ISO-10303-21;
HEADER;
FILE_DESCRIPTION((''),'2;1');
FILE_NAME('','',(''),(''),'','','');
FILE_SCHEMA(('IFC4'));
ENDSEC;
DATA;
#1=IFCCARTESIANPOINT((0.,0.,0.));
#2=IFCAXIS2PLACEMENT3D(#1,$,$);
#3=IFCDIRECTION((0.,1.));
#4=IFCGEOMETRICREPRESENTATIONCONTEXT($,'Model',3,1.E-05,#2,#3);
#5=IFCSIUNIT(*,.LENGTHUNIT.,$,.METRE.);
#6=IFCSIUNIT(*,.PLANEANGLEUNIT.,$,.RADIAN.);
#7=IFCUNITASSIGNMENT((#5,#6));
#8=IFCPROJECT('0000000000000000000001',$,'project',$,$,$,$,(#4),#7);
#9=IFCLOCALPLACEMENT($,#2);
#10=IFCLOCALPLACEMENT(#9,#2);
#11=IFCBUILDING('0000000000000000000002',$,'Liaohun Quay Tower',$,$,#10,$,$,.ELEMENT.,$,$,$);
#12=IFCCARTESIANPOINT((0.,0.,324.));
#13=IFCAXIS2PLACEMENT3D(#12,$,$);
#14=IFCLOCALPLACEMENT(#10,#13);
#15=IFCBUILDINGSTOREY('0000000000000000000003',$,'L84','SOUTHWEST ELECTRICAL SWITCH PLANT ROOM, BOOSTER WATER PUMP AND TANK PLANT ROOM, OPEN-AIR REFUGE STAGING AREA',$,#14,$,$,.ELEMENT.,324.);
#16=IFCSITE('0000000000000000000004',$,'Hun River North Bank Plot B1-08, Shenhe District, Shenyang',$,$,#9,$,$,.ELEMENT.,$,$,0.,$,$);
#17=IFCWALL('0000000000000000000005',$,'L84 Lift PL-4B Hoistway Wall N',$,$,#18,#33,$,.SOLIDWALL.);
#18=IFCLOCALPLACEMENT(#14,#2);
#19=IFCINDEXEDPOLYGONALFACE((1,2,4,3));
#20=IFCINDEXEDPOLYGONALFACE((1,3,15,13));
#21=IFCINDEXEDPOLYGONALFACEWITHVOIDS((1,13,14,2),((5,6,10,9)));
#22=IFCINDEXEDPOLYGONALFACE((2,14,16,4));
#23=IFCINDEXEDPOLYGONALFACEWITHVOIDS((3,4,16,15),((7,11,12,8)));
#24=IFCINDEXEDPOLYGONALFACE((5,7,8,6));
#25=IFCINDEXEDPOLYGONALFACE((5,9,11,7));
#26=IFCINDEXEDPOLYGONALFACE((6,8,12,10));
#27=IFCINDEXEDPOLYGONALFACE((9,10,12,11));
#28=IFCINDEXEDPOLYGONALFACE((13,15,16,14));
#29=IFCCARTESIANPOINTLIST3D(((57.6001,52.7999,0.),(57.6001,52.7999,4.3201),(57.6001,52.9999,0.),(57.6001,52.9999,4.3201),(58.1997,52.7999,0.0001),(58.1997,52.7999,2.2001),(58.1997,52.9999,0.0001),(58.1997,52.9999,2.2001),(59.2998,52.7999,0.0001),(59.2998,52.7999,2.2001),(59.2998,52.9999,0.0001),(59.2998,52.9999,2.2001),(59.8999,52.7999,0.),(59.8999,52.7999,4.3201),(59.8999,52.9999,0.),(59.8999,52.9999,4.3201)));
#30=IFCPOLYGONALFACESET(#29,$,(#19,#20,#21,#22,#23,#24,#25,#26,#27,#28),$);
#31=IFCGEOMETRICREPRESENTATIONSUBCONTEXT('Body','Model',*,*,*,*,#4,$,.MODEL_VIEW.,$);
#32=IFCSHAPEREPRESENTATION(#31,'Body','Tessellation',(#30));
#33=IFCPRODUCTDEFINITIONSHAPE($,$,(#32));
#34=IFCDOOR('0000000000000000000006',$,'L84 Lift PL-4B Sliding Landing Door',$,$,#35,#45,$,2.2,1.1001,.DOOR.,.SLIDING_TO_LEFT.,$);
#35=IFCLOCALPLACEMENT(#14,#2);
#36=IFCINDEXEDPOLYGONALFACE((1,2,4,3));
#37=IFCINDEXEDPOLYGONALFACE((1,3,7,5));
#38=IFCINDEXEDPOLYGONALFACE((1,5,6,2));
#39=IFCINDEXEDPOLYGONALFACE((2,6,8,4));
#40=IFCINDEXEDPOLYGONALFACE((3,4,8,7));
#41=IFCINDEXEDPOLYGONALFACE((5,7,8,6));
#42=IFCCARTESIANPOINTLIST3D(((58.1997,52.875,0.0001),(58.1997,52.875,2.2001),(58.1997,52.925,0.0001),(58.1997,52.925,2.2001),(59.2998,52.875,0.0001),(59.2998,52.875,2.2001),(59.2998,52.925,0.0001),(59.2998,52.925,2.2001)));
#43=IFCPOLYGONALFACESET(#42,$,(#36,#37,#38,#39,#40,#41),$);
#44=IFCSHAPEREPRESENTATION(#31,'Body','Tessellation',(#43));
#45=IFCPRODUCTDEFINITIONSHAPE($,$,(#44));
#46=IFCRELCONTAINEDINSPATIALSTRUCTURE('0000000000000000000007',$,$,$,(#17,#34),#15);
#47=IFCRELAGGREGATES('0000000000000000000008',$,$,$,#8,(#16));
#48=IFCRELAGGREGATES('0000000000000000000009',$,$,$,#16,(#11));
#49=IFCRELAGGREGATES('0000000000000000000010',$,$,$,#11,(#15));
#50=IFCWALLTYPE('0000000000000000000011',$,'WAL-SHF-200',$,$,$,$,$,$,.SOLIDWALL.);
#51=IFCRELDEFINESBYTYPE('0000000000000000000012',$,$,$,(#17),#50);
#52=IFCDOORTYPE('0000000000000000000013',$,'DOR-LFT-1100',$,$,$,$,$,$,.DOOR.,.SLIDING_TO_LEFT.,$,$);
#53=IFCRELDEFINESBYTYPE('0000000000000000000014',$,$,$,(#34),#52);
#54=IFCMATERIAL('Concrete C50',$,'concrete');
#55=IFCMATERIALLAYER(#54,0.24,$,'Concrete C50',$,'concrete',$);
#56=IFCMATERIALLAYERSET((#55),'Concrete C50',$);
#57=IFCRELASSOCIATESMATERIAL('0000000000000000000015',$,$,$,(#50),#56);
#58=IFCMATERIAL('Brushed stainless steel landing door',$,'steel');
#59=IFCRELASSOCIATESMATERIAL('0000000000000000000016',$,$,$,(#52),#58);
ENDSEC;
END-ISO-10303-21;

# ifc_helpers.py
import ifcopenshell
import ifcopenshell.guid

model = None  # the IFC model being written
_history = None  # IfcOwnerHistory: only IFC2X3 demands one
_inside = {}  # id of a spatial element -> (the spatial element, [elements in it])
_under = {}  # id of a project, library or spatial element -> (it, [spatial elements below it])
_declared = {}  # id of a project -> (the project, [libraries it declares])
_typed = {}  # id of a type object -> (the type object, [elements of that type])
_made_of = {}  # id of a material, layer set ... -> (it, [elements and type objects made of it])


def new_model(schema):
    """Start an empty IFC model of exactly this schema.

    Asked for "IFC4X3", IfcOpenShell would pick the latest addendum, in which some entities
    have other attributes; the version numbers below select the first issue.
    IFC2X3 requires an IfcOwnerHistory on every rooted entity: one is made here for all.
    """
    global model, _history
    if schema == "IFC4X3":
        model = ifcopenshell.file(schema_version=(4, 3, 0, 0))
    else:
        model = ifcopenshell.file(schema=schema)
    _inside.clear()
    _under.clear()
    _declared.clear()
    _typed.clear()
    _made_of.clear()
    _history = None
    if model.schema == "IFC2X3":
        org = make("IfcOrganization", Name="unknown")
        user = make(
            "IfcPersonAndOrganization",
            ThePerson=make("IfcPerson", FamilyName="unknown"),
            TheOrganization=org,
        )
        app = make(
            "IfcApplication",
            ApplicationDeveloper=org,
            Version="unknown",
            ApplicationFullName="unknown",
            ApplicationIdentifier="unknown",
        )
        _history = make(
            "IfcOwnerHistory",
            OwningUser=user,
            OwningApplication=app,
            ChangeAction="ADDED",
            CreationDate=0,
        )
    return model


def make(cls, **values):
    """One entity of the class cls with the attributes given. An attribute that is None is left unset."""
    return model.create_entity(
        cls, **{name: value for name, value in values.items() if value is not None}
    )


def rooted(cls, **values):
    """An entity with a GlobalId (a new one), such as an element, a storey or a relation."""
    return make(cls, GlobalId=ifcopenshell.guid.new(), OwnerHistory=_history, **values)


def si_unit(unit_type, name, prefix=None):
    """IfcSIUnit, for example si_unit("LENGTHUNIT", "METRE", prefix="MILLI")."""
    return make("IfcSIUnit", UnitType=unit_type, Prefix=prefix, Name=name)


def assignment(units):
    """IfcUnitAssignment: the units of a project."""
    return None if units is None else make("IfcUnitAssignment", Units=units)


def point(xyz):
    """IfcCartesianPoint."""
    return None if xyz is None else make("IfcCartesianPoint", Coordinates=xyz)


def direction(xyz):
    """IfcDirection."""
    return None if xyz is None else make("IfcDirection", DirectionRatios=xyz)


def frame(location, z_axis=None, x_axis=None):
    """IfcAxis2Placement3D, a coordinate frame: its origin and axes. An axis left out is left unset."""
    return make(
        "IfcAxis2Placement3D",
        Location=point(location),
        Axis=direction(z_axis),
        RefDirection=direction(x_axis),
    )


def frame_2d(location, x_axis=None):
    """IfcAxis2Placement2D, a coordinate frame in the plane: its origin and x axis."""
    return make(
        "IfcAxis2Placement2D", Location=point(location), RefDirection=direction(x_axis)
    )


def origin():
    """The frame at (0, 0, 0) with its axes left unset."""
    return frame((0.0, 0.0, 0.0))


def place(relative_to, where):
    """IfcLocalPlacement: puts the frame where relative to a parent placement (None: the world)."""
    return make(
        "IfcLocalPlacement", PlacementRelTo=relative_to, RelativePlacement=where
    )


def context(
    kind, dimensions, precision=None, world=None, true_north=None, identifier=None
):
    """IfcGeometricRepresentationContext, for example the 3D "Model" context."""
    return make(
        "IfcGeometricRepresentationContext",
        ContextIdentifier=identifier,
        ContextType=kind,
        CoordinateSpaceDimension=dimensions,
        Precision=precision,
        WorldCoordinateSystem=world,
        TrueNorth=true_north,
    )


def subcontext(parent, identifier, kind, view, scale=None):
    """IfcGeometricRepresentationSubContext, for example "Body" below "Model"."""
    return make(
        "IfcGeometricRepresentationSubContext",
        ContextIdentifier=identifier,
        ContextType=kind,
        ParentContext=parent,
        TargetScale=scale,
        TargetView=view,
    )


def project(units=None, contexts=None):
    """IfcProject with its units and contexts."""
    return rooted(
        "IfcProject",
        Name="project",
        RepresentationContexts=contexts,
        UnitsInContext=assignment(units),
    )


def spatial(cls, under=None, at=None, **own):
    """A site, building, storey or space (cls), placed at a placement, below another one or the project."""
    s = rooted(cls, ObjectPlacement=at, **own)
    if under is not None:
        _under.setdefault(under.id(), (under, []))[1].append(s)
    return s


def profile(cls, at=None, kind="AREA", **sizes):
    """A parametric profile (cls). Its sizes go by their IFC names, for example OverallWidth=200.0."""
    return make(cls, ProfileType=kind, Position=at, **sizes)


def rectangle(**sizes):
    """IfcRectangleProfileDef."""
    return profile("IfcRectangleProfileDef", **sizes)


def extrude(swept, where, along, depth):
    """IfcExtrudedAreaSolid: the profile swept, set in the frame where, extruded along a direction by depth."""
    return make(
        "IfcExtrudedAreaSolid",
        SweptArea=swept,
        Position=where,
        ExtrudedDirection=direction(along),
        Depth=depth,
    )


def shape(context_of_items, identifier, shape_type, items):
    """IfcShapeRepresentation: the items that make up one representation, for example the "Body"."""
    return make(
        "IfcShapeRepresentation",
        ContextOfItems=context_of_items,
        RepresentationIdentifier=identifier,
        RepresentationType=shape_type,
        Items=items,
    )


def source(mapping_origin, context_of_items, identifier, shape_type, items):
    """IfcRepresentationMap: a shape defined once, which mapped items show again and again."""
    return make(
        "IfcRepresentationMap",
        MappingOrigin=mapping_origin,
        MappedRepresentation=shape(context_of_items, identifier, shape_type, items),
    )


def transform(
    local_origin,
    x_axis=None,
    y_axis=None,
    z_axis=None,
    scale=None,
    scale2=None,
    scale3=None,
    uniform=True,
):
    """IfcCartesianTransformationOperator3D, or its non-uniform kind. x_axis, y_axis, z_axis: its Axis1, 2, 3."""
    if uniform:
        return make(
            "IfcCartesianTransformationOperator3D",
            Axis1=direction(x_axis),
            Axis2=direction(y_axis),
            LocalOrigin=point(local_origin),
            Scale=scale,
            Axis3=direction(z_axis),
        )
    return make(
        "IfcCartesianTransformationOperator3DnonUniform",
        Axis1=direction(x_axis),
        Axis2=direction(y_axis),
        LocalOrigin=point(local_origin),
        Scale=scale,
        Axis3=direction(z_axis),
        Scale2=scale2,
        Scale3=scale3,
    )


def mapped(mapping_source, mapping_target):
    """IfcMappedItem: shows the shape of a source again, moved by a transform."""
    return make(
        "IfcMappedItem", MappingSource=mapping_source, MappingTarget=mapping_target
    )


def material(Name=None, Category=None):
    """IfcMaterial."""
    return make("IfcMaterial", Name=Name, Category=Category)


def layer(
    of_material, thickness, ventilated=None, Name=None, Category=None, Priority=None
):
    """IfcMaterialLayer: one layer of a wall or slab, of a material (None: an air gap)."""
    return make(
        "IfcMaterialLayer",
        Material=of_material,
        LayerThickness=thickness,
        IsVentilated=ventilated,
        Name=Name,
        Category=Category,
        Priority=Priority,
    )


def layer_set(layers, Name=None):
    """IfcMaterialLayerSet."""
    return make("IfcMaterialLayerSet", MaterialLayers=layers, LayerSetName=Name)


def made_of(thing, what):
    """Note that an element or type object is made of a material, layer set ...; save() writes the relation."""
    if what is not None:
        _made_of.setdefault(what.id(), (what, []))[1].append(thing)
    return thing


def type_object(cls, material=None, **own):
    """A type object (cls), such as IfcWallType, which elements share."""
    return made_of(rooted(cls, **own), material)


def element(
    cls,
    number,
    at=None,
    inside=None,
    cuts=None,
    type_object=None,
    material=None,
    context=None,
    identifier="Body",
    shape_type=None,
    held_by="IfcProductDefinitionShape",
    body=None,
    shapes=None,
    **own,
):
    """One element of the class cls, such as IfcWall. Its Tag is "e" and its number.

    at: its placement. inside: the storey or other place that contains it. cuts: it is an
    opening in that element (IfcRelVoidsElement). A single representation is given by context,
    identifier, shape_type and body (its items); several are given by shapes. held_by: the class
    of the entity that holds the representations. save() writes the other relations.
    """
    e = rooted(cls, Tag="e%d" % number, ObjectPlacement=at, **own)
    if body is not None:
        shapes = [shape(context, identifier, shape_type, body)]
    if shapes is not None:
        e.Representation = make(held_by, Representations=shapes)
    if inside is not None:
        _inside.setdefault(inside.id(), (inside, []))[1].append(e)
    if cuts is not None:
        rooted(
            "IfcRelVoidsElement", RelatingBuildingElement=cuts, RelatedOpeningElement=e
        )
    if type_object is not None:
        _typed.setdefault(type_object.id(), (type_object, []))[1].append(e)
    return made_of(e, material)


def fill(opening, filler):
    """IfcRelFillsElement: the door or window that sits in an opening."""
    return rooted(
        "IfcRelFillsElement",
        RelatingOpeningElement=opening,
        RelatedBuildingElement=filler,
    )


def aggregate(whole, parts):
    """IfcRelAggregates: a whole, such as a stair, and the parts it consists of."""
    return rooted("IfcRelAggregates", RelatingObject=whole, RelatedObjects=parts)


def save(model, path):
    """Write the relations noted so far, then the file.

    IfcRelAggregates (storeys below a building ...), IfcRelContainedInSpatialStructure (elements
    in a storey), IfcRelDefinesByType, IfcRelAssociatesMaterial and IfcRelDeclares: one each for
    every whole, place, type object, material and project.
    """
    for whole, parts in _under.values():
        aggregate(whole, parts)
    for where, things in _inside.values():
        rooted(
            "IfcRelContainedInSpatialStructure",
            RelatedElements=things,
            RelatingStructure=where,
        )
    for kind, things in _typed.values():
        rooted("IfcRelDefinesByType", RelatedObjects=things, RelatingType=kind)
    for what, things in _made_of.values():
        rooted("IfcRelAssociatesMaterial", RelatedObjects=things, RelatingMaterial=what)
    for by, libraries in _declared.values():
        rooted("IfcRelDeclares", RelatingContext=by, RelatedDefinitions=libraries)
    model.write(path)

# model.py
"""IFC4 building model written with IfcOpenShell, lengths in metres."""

from ifc_helpers import new_model, si_unit, direction, frame, frame_2d, origin, place, context, subcontext, project, spatial, rectangle, extrude, source, transform, mapped, material, layer, layer_set, type_object, element, fill, save


model = new_model("IFC4")

# Units and contexts
model_context = context("Model", 3, precision=1e-05, world=origin(), true_north=direction((0.0, 1.0)))
body_context = subcontext(model_context, "Body", "Model", "MODEL_VIEW")
ifc_project = project(units=[si_unit("LENGTHUNIT", "METRE"), si_unit("PLANEANGLEUNIT", "RADIAN")], contexts=[model_context])

# Site, building, storey
site_placement = place(None, origin())
site = spatial("IfcSite", under=ifc_project, at=site_placement, Name="Hun River North Bank Plot B1-08, Shenhe District, Shenyang", CompositionType="ELEMENT", RefElevation=0.0)
building_placement = place(site_placement, origin())
building = spatial("IfcBuilding", under=site, at=building_placement, Name="Liaohun Quay Tower", CompositionType="ELEMENT")
storey_placement = place(building_placement, frame((0.0, 0.0, 324.0)))
storey = spatial("IfcBuildingStorey", under=building, at=storey_placement, Name="L84", Description="SOUTHWEST ELECTRICAL SWITCH PLANT ROOM, BOOSTER WATER PUMP AND TANK PLANT ROOM, OPEN-AIR REFUGE STAGING AREA", CompositionType="ELEMENT", Elevation=324.0)

# Shared definitions
ifc_material_1 = material(Name="Concrete C50", Category="concrete")
ifc_layer_1 = layer(ifc_material_1, 0.24, Name="Concrete C50", Category="concrete")
ifc_layer_set_1 = layer_set([ifc_layer_1], Name="Concrete C50")
wall_type_1 = type_object("IfcWallType", Name="WAL-SHF-200", PredefinedType="SOLIDWALL", material=ifc_layer_set_1)

# Wall, opening, door
wall_1_placement = place(storey_placement, frame((59.8999, 52.8999, 0.0), z_axis=(0.0, 0.0, 1.0), x_axis=(-1.0, 0.0, 0.0)))
wall_1 = element("IfcWall", 1, at=wall_1_placement, inside=storey, type_object=wall_type_1, Name="L84 Lift PL-4B Hoistway Wall N", PredefinedType="SOLIDWALL", context=body_context, shape_type="SweptSolid", body=[
    extrude(rectangle(XDim=2.2998, YDim=0.2, at=frame_2d((1.1499, 0.0))), origin(), (0.0, 0.0, 1.0), 4.3201),
])
shared_shape_1 = source(origin(), body_context, "Body", "SweptSolid", [
    extrude(rectangle(XDim=1.1001, YDim=2.2, at=frame_2d((0.55, 1.1001))), frame((0.0, 0.1099, 0.0), z_axis=(0.0, -1.0, 0.0), x_axis=(1.0, 0.0, 0.0)), (0.0, 0.0, 1.0), 0.22),
])
opening_1_placement = place(wall_1_placement, frame((0.6001, 0.0, 0.0)))
opening_1 = element("IfcOpeningElement", 2, at=opening_1_placement, cuts=wall_1, PredefinedType="OPENING", context=body_context, shape_type="MappedRepresentation", body=[
    mapped(shared_shape_1, transform((0.0, 0.0, 0.0), x_axis=(1.0, 0.0, 0.0), y_axis=(0.0, 1.0, 0.0), z_axis=(0.0, 0.0, 1.0), scale=1.0)),
])
ifc_material_2 = material(Name="Brushed stainless steel landing door", Category="steel")
door_type_1 = type_object("IfcDoorType", Name="DOR-LFT-1100", OperationType="SLIDING_TO_LEFT", PredefinedType="DOOR", material=ifc_material_2)
shared_shape_2 = source(origin(), body_context, "Body", "SweptSolid", [
    extrude(rectangle(XDim=1.1001, YDim=2.2, at=frame_2d((0.55, 1.1001))), frame((0.0, 0.0249, 0.0), z_axis=(0.0, -1.0, 0.0), x_axis=(1.0, 0.0, 0.0)), (0.0, 0.0, 1.0), 0.05),
])
door_1_placement = place(opening_1_placement, origin())
door_1 = element("IfcDoor", 3, at=door_1_placement, inside=storey, type_object=door_type_1, Name="L84 Lift PL-4B Sliding Landing Door", OperationType="SLIDING_TO_LEFT", OverallHeight=2.2, OverallWidth=1.1001, PredefinedType="DOOR", context=body_context, shape_type="MappedRepresentation", body=[
    mapped(shared_shape_2, transform((0.0, 0.0, 0.0), x_axis=(1.0, 0.0, 0.0), y_axis=(0.0, 1.0, 0.0), z_axis=(0.0, 0.0, 1.0), scale=1.0)),
])
fill(opening_1, door_1)

save(model, "model.ifc")
